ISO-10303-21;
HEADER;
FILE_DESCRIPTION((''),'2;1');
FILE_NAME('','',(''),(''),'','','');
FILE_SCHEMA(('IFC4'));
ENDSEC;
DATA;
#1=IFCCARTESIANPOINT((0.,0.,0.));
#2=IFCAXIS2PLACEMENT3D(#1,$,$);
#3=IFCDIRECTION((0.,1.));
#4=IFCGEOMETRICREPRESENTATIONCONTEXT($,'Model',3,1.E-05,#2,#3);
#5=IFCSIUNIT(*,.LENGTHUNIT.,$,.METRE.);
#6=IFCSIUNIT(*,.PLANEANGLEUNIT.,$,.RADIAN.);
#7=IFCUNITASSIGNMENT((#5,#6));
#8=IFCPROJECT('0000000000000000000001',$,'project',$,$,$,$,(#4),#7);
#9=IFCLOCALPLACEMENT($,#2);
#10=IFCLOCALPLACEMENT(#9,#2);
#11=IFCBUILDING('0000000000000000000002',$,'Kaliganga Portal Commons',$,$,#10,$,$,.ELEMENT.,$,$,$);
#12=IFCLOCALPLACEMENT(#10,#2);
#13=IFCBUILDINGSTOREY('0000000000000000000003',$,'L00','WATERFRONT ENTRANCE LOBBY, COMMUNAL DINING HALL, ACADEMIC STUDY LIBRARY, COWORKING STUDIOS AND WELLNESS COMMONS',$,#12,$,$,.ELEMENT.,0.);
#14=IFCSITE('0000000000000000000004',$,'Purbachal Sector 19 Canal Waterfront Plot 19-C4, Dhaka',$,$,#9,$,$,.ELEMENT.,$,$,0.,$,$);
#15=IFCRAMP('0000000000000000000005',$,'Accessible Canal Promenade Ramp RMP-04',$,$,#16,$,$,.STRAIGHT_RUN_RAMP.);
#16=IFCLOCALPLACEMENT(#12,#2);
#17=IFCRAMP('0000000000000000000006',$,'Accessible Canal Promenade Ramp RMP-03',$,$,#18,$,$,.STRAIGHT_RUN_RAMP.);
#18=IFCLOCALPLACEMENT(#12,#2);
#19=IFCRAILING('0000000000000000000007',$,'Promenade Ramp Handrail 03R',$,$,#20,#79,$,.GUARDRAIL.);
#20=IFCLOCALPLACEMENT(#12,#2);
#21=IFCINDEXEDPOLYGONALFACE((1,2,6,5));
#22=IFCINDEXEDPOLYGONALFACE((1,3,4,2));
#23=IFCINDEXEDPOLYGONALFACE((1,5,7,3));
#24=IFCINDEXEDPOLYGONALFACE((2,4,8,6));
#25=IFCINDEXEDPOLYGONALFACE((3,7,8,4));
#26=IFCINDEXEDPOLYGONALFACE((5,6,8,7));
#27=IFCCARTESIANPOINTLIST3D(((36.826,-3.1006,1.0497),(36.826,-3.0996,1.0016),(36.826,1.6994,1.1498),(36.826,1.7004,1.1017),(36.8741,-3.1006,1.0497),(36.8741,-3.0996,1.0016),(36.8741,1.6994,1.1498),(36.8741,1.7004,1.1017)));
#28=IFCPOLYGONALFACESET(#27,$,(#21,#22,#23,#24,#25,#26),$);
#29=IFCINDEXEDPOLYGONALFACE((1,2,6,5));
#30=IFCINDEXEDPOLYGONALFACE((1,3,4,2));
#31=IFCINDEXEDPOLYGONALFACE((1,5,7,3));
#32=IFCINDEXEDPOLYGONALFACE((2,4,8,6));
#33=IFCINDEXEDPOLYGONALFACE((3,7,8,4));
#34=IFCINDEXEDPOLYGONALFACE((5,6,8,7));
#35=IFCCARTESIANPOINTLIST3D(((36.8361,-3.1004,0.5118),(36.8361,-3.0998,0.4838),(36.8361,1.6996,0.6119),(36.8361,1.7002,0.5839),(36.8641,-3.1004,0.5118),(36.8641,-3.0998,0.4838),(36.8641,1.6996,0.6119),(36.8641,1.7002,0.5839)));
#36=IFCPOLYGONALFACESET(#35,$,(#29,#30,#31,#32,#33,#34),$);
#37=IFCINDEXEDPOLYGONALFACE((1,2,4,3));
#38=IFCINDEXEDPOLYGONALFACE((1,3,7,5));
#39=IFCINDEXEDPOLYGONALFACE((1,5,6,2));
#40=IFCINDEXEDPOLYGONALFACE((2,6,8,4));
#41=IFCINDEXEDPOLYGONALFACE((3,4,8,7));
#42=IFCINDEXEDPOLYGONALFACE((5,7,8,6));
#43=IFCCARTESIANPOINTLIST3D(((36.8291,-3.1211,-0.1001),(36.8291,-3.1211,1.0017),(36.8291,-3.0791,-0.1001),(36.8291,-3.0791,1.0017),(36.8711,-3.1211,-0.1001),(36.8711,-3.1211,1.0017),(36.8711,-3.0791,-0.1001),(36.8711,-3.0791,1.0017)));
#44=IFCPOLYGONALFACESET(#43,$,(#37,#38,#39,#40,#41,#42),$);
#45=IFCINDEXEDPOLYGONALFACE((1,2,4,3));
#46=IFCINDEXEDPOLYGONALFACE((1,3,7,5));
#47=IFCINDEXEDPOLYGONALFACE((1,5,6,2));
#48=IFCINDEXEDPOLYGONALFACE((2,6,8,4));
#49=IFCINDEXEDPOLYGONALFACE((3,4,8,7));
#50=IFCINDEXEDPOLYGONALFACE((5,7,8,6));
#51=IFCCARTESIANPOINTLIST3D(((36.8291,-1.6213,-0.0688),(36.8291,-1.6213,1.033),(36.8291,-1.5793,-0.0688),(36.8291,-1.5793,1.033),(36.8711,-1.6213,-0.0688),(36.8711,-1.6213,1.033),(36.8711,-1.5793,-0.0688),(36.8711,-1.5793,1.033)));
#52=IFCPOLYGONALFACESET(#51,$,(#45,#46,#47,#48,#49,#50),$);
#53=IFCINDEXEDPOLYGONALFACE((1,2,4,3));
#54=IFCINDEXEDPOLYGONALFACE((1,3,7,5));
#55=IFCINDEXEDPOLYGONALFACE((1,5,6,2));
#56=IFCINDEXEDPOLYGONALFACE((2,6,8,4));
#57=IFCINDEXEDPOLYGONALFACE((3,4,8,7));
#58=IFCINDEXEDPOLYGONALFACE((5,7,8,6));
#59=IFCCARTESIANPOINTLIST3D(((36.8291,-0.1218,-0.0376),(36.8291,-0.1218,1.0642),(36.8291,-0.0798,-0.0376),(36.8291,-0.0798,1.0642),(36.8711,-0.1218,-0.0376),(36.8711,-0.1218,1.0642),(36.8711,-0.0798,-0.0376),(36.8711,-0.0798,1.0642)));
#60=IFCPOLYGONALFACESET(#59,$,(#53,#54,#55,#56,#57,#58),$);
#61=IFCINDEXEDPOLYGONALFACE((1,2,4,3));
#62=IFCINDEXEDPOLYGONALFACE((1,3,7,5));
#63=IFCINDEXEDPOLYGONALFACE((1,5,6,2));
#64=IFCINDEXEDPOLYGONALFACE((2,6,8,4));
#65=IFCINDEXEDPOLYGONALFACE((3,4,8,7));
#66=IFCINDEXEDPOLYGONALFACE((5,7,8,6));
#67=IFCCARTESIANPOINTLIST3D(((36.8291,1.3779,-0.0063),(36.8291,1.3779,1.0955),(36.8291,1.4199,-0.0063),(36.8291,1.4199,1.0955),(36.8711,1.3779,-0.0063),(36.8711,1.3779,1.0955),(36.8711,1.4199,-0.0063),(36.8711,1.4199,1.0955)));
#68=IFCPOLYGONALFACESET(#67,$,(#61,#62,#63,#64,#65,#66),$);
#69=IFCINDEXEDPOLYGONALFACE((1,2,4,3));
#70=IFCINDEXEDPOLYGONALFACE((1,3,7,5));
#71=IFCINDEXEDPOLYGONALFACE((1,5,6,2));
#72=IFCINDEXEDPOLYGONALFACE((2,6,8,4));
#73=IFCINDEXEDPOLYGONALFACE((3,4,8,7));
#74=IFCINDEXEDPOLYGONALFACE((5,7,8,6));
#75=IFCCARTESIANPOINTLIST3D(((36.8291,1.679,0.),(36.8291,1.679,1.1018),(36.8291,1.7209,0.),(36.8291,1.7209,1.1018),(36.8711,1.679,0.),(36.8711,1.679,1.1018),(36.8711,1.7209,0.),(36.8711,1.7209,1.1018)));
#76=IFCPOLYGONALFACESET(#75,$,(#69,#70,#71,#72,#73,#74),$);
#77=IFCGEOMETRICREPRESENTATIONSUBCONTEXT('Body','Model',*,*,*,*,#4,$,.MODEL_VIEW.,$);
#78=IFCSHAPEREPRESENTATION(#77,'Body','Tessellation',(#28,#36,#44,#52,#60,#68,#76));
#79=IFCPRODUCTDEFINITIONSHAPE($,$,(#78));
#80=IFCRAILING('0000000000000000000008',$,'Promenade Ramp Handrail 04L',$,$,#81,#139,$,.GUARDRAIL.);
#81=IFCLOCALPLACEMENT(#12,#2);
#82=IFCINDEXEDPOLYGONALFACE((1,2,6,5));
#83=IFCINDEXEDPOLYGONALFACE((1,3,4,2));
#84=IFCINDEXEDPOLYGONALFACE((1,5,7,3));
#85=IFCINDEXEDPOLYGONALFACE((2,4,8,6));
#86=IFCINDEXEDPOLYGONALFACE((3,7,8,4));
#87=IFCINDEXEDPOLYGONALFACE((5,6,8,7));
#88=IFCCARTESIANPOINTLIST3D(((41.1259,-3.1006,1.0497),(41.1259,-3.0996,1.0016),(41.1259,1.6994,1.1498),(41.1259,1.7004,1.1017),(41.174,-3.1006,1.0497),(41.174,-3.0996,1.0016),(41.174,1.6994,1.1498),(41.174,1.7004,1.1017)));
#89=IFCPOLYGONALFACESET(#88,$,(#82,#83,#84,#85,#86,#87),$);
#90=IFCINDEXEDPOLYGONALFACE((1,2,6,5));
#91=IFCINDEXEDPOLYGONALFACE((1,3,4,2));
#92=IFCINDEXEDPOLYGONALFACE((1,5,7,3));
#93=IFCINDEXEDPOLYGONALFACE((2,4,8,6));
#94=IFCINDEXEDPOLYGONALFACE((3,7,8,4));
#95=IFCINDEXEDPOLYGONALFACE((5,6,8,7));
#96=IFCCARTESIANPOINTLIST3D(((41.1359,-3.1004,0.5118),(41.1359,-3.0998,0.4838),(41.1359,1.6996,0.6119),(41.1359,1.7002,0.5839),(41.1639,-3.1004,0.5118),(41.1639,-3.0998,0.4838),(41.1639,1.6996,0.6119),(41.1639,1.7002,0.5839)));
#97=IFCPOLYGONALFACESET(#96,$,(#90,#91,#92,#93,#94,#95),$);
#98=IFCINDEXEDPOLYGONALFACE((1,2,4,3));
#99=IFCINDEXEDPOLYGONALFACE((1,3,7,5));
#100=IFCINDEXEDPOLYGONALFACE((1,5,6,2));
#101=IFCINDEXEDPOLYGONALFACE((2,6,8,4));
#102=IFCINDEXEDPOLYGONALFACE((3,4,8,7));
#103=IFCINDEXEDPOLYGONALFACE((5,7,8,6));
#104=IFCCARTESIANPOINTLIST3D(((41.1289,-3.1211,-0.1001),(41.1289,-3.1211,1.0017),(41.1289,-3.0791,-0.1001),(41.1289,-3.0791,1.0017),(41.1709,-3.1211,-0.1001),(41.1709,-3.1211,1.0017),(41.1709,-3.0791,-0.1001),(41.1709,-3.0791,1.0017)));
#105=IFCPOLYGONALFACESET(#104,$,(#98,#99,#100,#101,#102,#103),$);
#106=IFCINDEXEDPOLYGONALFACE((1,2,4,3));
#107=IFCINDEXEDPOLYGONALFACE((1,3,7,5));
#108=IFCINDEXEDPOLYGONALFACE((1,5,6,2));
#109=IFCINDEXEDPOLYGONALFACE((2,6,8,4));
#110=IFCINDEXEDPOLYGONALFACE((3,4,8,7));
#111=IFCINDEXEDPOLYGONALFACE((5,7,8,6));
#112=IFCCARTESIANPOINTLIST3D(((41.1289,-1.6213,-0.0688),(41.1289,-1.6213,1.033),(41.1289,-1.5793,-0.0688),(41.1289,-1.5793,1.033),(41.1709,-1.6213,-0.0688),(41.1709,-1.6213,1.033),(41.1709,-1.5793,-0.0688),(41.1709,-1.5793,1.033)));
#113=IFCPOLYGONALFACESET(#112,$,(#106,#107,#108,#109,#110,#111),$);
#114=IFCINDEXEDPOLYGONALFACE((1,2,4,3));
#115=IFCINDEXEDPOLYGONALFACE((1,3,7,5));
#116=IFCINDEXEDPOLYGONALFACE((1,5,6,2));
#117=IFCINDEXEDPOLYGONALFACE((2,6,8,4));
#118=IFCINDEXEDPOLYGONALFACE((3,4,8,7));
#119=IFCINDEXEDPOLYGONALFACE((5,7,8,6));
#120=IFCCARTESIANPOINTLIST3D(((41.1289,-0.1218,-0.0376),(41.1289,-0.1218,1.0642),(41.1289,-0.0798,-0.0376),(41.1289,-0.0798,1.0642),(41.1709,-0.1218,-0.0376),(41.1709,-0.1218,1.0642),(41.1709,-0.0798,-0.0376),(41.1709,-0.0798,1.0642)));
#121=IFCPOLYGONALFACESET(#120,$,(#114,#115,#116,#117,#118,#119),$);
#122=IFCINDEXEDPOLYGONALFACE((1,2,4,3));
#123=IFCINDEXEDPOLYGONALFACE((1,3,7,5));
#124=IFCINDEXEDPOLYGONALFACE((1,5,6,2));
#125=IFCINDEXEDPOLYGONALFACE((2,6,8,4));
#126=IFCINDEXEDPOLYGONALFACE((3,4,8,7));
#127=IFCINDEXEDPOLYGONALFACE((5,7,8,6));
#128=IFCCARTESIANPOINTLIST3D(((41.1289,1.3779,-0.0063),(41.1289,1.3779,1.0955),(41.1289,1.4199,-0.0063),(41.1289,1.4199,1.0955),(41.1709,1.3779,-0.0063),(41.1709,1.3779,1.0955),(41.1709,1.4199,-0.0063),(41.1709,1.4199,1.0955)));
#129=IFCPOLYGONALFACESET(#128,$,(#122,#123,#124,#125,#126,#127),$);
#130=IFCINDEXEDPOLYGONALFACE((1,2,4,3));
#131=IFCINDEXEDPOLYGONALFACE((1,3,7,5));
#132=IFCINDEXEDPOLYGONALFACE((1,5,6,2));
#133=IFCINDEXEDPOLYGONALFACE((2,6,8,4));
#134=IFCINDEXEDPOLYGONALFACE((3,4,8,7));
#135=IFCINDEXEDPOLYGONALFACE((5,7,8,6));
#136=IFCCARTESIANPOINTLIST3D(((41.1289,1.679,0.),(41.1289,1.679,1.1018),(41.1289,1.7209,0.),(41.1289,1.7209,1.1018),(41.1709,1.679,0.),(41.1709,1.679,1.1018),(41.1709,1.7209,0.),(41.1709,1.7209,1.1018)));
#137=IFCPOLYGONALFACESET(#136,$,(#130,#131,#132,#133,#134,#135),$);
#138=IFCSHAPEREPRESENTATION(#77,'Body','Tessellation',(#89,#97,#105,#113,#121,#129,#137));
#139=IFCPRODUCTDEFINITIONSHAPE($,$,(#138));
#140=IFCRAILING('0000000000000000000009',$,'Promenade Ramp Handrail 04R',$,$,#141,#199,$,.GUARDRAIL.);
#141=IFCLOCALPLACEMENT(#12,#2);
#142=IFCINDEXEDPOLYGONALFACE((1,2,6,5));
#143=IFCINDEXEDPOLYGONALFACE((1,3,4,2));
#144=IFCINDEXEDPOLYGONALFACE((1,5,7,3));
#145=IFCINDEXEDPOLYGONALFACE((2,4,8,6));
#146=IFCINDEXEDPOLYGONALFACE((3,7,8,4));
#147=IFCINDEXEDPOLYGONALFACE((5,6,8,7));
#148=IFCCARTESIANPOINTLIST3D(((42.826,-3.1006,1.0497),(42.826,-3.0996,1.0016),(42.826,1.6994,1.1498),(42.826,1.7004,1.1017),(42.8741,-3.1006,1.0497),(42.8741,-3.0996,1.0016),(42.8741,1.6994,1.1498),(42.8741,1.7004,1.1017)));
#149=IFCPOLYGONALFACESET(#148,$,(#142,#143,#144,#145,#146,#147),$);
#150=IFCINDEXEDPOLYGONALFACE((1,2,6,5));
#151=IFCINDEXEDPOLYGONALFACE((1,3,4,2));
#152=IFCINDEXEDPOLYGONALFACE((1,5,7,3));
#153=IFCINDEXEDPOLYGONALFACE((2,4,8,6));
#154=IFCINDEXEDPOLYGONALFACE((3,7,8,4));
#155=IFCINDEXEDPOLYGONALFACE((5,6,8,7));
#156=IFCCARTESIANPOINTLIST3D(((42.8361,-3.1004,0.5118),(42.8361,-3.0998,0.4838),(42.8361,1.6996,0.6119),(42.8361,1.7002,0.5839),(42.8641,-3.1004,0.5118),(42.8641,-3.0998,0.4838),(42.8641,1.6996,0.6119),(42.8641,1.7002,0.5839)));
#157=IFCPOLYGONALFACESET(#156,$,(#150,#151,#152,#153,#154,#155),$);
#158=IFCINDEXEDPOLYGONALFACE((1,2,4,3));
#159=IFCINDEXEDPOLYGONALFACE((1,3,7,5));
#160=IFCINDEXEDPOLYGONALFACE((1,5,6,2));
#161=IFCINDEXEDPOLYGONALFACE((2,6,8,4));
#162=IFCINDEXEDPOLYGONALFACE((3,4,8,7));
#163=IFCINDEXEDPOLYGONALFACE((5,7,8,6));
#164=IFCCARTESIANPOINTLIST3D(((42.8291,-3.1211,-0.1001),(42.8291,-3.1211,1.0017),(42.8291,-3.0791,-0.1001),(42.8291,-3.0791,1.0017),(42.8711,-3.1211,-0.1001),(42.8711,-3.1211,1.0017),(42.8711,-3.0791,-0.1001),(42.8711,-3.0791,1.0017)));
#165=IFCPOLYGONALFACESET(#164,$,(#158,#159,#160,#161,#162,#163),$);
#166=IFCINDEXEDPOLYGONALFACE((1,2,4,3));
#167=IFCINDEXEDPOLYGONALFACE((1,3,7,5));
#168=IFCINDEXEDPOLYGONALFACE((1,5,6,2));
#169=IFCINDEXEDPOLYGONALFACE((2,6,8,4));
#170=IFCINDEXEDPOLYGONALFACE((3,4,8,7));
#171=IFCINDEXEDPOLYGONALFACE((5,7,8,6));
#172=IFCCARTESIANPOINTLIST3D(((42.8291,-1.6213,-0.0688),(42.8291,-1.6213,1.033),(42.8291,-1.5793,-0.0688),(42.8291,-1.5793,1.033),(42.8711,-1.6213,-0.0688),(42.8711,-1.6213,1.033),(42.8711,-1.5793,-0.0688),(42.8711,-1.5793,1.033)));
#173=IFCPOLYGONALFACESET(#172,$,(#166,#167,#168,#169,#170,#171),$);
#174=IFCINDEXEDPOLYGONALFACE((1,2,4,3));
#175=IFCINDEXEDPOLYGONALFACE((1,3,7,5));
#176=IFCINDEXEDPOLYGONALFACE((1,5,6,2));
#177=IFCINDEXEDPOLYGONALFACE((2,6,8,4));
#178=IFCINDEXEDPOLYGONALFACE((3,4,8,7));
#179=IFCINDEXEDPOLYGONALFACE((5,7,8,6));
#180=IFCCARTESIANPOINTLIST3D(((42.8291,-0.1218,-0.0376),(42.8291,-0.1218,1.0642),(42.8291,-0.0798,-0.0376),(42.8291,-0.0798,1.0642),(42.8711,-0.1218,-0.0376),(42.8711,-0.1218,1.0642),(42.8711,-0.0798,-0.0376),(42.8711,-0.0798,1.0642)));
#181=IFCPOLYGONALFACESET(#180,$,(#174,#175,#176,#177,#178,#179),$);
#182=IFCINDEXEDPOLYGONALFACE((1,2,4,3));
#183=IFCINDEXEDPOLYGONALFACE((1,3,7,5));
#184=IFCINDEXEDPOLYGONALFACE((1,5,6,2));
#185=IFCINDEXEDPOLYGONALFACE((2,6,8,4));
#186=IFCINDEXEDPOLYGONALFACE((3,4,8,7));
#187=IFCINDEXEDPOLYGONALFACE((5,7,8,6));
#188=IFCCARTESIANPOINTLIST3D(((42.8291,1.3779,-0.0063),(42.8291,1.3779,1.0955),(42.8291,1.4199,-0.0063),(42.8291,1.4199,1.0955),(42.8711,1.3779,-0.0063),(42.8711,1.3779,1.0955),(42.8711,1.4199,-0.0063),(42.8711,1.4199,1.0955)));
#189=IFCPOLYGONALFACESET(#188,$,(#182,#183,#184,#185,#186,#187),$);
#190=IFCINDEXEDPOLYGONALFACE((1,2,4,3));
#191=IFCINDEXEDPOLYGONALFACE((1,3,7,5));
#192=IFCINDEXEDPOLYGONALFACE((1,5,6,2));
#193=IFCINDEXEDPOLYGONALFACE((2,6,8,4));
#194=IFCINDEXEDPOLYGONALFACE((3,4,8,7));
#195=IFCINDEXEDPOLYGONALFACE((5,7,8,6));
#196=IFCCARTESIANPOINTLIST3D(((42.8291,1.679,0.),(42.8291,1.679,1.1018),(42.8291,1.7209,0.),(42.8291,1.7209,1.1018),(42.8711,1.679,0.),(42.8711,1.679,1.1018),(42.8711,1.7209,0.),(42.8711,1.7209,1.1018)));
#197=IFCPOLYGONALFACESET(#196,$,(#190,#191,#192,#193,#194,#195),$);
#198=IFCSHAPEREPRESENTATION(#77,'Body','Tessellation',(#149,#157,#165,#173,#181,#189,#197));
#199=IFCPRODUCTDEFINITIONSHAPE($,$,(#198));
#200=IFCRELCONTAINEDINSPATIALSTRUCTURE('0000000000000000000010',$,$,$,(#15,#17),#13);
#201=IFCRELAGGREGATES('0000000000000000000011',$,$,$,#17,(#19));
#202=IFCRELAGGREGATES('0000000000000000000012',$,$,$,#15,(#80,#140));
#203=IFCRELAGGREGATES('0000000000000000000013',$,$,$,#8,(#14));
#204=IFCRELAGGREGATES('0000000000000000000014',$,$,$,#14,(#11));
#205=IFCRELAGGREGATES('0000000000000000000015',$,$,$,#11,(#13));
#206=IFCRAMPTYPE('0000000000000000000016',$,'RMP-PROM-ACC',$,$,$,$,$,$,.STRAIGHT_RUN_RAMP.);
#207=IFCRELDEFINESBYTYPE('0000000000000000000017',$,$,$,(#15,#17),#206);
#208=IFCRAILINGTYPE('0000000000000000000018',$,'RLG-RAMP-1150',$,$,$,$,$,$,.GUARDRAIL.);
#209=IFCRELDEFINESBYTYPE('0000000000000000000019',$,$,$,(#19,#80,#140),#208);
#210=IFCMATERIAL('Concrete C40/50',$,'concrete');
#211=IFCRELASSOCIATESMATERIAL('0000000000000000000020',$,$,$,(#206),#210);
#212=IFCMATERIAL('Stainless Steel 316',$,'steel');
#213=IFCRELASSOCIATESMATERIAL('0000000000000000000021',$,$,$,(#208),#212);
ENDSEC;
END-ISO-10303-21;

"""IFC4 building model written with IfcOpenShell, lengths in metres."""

from ifc_helpers import new_model, si_unit, direction, frame, origin, origin_2d, place, context, subcontext, project, spatial, rectangle, extrude, material, type_object, element, aggregate, save


model = new_model("IFC4")

# Units and contexts
model_context = context("Model", 3, precision=1e-05, world=origin(), true_north=direction((0.0, 1.0)))
body_context = subcontext(model_context, "Body", "Model", "MODEL_VIEW")
ifc_project = project(units=[si_unit("LENGTHUNIT", "METRE"), si_unit("PLANEANGLEUNIT", "RADIAN")], contexts=[model_context])

# Site, building, storey
site_placement = place(None, origin())
site = spatial("IfcSite", under=ifc_project, at=site_placement, Name="Purbachal Sector 19 Canal Waterfront Plot 19-C4, Dhaka", CompositionType="ELEMENT", RefElevation=0.0)
building_placement = place(site_placement, origin())
building = spatial("IfcBuilding", under=site, at=building_placement, Name="Kaliganga Portal Commons", CompositionType="ELEMENT")
storey_placement = place(building_placement, origin())
storey = spatial("IfcBuildingStorey", under=building, at=storey_placement, Name="L00", Description="WATERFRONT ENTRANCE LOBBY, COMMUNAL DINING HALL, ACADEMIC STUDY LIBRARY, COWORKING STUDIOS AND WELLNESS COMMONS", CompositionType="ELEMENT", Elevation=0.0)

# Ramp
ifc_material_1 = material(Name="Concrete C40/50", Category="concrete")
ramp_type = type_object("IfcRampType", Name="RMP-PROM-ACC", PredefinedType="STRAIGHT_RUN_RAMP", material=ifc_material_1)
ramp_1_placement = place(storey_placement, origin())
ramp_1 = element("IfcRamp", 1, at=ramp_1_placement, inside=storey, type_object=ramp_type, Name="Accessible Canal Promenade Ramp RMP-04", PredefinedType="STRAIGHT_RUN_RAMP")

# Ramp, railing
ramp_2_placement = place(storey_placement, origin())
ramp_2 = element("IfcRamp", 2, at=ramp_2_placement, inside=storey, type_object=ramp_type, Name="Accessible Canal Promenade Ramp RMP-03", PredefinedType="STRAIGHT_RUN_RAMP")
ifc_material_2 = material(Name="Stainless Steel 316", Category="steel")
railing_type = type_object("IfcRailingType", Name="RLG-RAMP-1150", PredefinedType="GUARDRAIL", material=ifc_material_2)
railing_1_placement = place(storey_placement, frame((36.8501, -3.1001, -0.1001)))
railing_1 = element("IfcRailing", 3, at=railing_1_placement, type_object=railing_type, Name="Promenade Ramp Handrail 03R", PredefinedType="GUARDRAIL", context=body_context, shape_type="SweptSolid", body=[
    extrude(rectangle(XDim=0.0481, YDim=0.0481, at=origin_2d()), frame((0.0, 0.0, 1.1257), z_axis=(0.0, 0.999783, 0.020849), x_axis=(-1.0, 0.0, 0.0)), (0.0, 0.0, 1.0), 4.801),
    extrude(rectangle(XDim=0.0281, YDim=0.0281, at=origin_2d()), frame((0.0, 0.0, 0.5979), z_axis=(0.0, 0.999783, 0.020849), x_axis=(-1.0, 0.0, 0.0)), (0.0, 0.0, 1.0), 4.801),
    extrude(rectangle(XDim=0.042, YDim=0.042, at=origin_2d()), origin(), (0.0, 0.0, 1.0), 1.1018),
    extrude(rectangle(XDim=0.042, YDim=0.042, at=origin_2d()), frame((0.0, 1.4998, 0.0312)), (0.0, 0.0, 1.0), 1.1018),
    extrude(rectangle(XDim=0.042, YDim=0.042, at=origin_2d()), frame((0.0, 2.9993, 0.0625)), (0.0, 0.0, 1.0), 1.1018),
    extrude(rectangle(XDim=0.042, YDim=0.042, at=origin_2d()), frame((0.0, 4.499, 0.0938)), (0.0, 0.0, 1.0), 1.1018),
    extrude(rectangle(XDim=0.042, YDim=0.042, at=origin_2d()), frame((0.0, 4.8, 0.1001)), (0.0, 0.0, 1.0), 1.1018),
])
aggregate(ramp_2, [railing_1])

# Railings
railing_2_placement = place(storey_placement, frame((41.1499, -3.1001, -0.1001)))
railing_2 = element("IfcRailing", 4, at=railing_2_placement, type_object=railing_type, Name="Promenade Ramp Handrail 04L", PredefinedType="GUARDRAIL", context=body_context, shape_type="SweptSolid", body=[
    extrude(rectangle(XDim=0.0481, YDim=0.0481, at=origin_2d()), frame((0.0, 0.0, 1.1257), z_axis=(0.0, 0.999783, 0.020849), x_axis=(-1.0, 0.0, 0.0)), (0.0, 0.0, 1.0), 4.801),
    extrude(rectangle(XDim=0.0281, YDim=0.0281, at=origin_2d()), frame((0.0, 0.0, 0.5979), z_axis=(0.0, 0.999783, 0.020849), x_axis=(-1.0, 0.0, 0.0)), (0.0, 0.0, 1.0), 4.801),
    extrude(rectangle(XDim=0.042, YDim=0.042, at=origin_2d()), origin(), (0.0, 0.0, 1.0), 1.1018),
    extrude(rectangle(XDim=0.042, YDim=0.042, at=origin_2d()), frame((0.0, 1.4998, 0.0312)), (0.0, 0.0, 1.0), 1.1018),
    extrude(rectangle(XDim=0.042, YDim=0.042, at=origin_2d()), frame((0.0, 2.9993, 0.0625)), (0.0, 0.0, 1.0), 1.1018),
    extrude(rectangle(XDim=0.042, YDim=0.042, at=origin_2d()), frame((0.0, 4.499, 0.0938)), (0.0, 0.0, 1.0), 1.1018),
    extrude(rectangle(XDim=0.042, YDim=0.042, at=origin_2d()), frame((0.0, 4.8, 0.1001)), (0.0, 0.0, 1.0), 1.1018),
])
railing_3_placement = place(storey_placement, frame((42.8501, -3.1001, -0.1001)))
railing_3 = element("IfcRailing", 5, at=railing_3_placement, type_object=railing_type, Name="Promenade Ramp Handrail 04R", PredefinedType="GUARDRAIL", context=body_context, shape_type="SweptSolid", body=[
    extrude(rectangle(XDim=0.0481, YDim=0.0481, at=origin_2d()), frame((0.0, 0.0, 1.1257), z_axis=(0.0, 0.999783, 0.020849), x_axis=(-1.0, 0.0, 0.0)), (0.0, 0.0, 1.0), 4.801),
    extrude(rectangle(XDim=0.0281, YDim=0.0281, at=origin_2d()), frame((0.0, 0.0, 0.5979), z_axis=(0.0, 0.999783, 0.020849), x_axis=(-1.0, 0.0, 0.0)), (0.0, 0.0, 1.0), 4.801),
    extrude(rectangle(XDim=0.042, YDim=0.042, at=origin_2d()), origin(), (0.0, 0.0, 1.0), 1.1018),
    extrude(rectangle(XDim=0.042, YDim=0.042, at=origin_2d()), frame((0.0, 1.4998, 0.0312)), (0.0, 0.0, 1.0), 1.1018),
    extrude(rectangle(XDim=0.042, YDim=0.042, at=origin_2d()), frame((0.0, 2.9993, 0.0625)), (0.0, 0.0, 1.0), 1.1018),
    extrude(rectangle(XDim=0.042, YDim=0.042, at=origin_2d()), frame((0.0, 4.499, 0.0938)), (0.0, 0.0, 1.0), 1.1018),
    extrude(rectangle(XDim=0.042, YDim=0.042, at=origin_2d()), frame((0.0, 4.8, 0.1001)), (0.0, 0.0, 1.0), 1.1018),
])
aggregate(ramp_1, [railing_2, railing_3])

save(model, "model.ifc")
